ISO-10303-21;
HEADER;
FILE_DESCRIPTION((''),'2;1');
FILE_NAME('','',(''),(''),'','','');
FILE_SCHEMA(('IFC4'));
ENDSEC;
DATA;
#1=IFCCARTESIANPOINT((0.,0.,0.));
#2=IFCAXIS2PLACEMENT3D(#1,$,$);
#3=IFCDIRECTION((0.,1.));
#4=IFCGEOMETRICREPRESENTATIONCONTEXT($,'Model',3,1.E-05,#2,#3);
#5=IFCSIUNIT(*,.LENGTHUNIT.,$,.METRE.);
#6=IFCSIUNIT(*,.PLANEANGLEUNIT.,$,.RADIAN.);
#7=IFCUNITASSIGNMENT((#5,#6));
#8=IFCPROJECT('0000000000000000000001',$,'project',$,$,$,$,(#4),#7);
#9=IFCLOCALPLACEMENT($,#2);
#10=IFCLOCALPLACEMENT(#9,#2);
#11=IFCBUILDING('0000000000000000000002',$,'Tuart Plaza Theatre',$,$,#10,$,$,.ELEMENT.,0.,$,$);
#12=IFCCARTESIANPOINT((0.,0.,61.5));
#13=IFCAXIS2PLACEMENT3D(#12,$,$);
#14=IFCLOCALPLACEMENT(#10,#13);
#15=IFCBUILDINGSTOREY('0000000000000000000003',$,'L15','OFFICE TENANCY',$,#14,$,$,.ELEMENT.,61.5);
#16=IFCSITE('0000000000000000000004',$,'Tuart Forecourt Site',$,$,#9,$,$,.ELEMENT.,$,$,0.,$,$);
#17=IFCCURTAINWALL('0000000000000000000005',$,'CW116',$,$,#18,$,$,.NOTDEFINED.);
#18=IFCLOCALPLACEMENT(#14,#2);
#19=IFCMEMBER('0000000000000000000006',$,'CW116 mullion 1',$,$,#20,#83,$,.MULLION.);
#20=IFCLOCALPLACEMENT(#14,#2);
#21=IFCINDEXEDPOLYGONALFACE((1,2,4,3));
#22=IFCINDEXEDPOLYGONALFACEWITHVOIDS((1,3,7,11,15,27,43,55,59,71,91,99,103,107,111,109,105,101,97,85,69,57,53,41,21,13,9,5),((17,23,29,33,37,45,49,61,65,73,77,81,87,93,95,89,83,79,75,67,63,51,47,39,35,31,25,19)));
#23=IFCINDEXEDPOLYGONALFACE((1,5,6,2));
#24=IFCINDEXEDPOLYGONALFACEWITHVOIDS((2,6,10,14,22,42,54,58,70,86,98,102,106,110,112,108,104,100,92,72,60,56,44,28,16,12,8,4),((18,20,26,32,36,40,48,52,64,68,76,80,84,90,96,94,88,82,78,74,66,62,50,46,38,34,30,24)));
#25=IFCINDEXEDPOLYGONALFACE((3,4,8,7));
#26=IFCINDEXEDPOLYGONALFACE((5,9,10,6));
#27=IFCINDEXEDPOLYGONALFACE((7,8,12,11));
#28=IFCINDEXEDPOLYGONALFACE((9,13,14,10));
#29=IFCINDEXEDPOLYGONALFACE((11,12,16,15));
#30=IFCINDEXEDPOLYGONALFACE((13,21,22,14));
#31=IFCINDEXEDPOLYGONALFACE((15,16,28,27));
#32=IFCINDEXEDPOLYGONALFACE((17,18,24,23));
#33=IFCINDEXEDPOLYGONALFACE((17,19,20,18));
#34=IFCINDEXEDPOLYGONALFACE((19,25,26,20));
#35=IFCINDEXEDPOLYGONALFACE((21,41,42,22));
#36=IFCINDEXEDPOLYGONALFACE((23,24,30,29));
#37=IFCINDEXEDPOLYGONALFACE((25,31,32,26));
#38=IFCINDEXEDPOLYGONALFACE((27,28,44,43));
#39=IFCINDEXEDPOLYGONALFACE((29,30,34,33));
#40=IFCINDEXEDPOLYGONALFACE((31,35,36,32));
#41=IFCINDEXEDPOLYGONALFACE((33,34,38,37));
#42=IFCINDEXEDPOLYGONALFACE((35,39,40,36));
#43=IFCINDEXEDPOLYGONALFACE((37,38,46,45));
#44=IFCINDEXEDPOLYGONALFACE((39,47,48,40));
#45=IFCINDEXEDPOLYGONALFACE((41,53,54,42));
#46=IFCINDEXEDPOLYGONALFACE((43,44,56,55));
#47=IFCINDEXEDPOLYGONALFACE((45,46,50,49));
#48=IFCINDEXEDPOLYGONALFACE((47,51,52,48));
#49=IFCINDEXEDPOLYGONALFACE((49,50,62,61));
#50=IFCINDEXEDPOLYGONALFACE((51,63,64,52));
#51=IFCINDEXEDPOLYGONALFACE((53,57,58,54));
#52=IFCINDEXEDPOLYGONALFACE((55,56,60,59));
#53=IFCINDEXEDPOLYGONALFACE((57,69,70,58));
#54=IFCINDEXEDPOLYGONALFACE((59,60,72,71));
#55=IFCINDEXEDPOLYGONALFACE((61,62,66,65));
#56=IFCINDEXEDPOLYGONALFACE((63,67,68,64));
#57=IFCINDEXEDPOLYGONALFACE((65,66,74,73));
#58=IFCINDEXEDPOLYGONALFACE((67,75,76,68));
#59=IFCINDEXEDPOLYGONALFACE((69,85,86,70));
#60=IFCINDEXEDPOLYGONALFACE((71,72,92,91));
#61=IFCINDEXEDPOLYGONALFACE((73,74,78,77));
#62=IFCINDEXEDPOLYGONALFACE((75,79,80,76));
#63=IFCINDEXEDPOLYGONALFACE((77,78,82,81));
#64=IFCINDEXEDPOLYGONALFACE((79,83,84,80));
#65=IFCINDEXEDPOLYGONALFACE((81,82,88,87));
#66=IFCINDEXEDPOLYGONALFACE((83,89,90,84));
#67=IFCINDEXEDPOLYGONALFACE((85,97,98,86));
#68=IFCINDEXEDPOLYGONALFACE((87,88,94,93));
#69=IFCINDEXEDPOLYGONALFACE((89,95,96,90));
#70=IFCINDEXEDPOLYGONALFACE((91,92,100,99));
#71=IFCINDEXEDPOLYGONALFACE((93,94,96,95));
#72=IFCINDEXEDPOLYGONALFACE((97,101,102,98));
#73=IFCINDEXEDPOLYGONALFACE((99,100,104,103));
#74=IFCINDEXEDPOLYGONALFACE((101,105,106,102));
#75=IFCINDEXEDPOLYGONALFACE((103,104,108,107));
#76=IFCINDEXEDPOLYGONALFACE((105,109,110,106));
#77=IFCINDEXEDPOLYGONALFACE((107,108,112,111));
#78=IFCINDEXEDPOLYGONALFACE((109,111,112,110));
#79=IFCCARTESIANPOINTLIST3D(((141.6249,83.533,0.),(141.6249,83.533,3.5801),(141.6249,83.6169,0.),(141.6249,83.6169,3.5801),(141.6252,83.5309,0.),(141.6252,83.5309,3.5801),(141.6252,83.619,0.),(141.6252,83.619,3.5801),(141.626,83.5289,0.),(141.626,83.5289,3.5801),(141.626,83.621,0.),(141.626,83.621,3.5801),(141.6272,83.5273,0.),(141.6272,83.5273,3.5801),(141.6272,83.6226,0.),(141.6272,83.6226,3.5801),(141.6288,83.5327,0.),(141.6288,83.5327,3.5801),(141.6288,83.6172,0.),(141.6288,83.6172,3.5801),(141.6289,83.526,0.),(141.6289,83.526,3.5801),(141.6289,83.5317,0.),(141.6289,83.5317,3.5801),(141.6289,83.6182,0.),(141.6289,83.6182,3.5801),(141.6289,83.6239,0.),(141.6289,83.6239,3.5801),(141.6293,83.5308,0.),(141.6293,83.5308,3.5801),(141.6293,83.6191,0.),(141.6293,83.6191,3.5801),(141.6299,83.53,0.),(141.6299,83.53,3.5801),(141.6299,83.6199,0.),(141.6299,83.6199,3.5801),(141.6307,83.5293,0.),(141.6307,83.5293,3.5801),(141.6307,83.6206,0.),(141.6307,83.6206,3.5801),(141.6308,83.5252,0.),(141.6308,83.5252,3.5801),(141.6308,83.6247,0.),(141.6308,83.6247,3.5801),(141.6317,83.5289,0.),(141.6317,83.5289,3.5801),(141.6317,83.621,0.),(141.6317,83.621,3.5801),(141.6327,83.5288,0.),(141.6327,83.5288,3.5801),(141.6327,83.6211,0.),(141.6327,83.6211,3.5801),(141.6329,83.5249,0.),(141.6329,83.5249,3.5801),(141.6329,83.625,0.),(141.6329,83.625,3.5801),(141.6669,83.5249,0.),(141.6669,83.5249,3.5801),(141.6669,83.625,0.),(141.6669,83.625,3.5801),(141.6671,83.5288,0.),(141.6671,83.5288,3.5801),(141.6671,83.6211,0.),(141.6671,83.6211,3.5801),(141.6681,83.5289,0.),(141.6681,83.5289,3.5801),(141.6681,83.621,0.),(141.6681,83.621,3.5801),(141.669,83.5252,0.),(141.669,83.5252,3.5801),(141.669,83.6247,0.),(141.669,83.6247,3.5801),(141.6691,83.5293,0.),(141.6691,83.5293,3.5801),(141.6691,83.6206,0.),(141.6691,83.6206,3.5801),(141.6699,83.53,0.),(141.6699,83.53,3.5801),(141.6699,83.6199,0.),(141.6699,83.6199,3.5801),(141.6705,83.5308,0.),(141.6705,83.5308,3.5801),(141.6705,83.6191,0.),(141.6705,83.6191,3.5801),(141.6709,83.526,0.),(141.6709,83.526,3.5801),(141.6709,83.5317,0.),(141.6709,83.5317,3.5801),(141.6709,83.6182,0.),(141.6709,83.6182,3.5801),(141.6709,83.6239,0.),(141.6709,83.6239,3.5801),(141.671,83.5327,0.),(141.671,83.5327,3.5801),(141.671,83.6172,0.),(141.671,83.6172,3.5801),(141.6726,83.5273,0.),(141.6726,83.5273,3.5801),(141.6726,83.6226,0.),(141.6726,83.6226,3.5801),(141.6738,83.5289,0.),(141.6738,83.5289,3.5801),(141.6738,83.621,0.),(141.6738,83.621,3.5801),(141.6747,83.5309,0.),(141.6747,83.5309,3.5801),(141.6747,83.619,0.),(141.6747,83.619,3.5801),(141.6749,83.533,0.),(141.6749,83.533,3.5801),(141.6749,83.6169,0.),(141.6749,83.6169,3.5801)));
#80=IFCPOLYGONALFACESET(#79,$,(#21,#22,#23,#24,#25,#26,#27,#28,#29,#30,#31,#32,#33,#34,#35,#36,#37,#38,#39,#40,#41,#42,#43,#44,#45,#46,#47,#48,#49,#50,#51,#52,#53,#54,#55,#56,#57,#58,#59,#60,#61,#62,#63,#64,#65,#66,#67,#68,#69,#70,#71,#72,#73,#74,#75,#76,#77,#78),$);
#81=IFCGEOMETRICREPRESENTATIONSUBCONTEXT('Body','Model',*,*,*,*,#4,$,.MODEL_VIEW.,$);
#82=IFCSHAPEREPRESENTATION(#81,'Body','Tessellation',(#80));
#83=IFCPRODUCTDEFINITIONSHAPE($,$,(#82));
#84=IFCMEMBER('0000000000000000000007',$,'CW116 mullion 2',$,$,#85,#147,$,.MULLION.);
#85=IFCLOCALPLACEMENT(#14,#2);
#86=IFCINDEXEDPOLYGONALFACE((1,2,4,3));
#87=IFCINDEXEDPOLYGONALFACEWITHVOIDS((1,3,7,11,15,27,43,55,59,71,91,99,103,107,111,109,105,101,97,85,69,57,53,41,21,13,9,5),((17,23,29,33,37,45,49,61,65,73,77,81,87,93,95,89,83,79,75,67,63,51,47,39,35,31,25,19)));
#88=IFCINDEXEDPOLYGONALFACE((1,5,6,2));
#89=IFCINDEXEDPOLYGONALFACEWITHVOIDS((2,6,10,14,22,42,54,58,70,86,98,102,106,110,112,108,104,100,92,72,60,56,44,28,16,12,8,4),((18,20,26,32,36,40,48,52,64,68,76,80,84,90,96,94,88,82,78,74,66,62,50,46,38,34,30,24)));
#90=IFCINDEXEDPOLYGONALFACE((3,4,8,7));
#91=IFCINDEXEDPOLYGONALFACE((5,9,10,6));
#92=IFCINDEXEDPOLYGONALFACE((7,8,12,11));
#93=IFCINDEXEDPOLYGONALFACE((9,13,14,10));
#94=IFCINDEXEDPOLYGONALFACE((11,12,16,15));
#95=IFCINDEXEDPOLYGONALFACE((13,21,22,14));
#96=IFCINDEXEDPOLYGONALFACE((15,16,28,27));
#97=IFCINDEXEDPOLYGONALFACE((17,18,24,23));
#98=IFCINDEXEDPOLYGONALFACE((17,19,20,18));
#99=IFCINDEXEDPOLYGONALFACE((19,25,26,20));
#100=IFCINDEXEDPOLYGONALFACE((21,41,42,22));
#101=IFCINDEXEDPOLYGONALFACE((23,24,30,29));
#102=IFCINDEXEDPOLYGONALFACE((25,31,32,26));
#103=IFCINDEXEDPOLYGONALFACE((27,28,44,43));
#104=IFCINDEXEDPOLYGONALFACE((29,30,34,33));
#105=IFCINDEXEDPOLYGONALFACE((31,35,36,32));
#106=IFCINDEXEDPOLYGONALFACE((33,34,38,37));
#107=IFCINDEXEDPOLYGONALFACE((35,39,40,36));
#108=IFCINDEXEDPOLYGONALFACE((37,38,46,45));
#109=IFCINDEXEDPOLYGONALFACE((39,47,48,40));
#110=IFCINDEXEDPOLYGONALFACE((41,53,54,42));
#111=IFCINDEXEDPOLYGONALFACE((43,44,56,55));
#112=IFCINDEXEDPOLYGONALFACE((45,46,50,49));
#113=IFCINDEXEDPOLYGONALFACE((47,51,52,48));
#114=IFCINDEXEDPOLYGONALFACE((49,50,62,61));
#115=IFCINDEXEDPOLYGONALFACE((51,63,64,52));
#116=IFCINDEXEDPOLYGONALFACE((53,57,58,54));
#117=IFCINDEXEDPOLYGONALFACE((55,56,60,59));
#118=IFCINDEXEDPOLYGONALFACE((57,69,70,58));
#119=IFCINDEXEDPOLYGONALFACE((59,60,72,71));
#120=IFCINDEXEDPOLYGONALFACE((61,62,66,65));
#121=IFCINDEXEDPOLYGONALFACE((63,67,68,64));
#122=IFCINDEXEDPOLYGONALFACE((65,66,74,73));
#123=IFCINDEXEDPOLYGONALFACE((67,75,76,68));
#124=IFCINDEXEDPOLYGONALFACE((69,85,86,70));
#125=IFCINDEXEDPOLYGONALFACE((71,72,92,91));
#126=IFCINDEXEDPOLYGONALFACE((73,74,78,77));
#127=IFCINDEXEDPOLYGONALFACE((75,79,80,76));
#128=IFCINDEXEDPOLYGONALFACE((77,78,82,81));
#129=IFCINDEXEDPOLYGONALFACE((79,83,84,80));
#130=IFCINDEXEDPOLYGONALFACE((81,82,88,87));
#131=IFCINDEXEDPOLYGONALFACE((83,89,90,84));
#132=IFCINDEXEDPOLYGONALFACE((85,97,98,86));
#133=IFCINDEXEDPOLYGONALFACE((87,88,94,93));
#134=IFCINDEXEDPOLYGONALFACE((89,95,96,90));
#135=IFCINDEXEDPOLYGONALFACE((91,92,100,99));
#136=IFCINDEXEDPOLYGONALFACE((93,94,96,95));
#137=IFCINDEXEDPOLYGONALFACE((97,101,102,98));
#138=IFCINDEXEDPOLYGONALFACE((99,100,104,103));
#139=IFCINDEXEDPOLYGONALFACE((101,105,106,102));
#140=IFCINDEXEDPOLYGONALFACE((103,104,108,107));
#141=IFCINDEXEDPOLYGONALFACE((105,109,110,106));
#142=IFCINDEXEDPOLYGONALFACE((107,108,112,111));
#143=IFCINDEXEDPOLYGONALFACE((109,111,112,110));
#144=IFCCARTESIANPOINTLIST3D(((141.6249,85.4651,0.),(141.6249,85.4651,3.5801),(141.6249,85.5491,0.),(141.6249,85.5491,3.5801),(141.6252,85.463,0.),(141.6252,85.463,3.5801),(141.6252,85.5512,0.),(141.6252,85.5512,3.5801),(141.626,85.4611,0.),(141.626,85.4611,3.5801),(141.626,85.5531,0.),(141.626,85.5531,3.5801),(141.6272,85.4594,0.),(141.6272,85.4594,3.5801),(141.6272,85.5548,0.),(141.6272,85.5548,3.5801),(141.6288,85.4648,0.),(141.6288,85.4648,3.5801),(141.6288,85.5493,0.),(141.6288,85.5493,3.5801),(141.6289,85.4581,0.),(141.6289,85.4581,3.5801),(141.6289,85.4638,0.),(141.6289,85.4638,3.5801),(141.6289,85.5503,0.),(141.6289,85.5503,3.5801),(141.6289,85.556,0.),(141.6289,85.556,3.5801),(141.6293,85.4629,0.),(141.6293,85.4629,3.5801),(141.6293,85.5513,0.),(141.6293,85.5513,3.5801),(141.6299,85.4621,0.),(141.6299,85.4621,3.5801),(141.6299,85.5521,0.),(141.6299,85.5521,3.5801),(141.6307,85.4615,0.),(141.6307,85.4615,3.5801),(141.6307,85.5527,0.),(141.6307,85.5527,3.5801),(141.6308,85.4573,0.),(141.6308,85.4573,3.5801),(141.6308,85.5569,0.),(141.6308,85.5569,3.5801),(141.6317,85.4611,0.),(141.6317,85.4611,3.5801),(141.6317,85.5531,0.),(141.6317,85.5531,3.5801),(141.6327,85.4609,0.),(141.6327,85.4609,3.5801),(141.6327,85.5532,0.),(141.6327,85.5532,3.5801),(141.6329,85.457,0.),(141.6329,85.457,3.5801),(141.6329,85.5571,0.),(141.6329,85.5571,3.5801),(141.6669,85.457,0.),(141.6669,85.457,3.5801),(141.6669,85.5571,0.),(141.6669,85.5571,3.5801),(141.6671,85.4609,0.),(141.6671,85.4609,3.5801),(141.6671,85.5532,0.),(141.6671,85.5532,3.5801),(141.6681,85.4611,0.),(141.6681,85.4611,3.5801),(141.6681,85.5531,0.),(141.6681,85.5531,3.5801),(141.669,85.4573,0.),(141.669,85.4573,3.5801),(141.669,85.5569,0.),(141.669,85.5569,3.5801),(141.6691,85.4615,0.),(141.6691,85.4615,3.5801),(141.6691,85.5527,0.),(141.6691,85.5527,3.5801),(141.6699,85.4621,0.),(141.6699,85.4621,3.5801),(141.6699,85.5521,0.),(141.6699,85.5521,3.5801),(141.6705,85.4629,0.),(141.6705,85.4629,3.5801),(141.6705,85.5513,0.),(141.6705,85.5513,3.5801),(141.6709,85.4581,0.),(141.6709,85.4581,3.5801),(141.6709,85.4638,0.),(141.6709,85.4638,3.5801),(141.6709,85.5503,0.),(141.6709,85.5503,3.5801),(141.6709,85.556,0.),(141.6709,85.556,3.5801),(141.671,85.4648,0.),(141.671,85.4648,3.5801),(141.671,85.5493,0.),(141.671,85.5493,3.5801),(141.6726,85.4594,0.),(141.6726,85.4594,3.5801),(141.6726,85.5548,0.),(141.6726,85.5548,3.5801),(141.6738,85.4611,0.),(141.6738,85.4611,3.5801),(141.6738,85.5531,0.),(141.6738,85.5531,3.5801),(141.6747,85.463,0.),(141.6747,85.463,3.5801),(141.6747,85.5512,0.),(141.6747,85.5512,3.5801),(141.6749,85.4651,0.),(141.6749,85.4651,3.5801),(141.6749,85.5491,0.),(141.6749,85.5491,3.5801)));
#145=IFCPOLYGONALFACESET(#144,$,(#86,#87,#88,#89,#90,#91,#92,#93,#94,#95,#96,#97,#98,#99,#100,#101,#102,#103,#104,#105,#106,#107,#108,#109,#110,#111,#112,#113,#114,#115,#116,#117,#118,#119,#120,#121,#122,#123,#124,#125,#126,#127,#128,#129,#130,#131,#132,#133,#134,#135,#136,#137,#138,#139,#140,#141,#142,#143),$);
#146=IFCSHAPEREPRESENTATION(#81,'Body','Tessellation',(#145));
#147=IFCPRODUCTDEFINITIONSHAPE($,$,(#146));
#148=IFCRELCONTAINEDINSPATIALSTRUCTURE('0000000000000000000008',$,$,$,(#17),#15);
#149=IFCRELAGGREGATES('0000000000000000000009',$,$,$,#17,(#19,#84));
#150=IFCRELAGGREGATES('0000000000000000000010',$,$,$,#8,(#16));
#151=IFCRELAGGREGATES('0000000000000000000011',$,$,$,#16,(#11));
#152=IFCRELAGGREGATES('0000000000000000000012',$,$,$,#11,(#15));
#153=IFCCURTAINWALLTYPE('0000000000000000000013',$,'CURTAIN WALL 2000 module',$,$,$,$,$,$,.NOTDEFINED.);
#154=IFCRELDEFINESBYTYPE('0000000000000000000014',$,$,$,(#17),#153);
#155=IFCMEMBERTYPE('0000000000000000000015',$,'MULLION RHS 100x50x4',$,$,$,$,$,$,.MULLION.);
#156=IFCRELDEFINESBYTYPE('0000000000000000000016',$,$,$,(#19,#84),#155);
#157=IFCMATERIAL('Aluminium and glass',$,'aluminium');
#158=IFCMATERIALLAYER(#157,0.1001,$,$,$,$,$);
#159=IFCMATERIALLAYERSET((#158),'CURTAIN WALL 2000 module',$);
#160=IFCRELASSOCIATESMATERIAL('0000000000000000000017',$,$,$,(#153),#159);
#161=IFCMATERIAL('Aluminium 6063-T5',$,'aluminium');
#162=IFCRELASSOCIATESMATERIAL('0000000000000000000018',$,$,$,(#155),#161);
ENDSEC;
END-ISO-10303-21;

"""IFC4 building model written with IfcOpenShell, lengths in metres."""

from ifc_helpers import new_model, si_unit, direction, frame, origin, origin_2d, place, context, subcontext, project, spatial, hollow_rectangle, extrude, material, layer, layer_set, material_profile, profile_set, type_object, element, aggregate, save


model = new_model("IFC4")

# Units and contexts
model_context = context("Model", 3, precision=1e-05, world=origin(), true_north=direction((0.0, 1.0)))
body_context = subcontext(model_context, "Body", "Model", "MODEL_VIEW")
ifc_project = project(units=[si_unit("LENGTHUNIT", "METRE"), si_unit("PLANEANGLEUNIT", "RADIAN")], contexts=[model_context])

# Site, building, storey
site_placement = place(None, origin())
site = spatial("IfcSite", under=ifc_project, at=site_placement, Name="Tuart Forecourt Site", CompositionType="ELEMENT", RefElevation=0.0)
building_placement = place(site_placement, origin())
building = spatial("IfcBuilding", under=site, at=building_placement, Name="Tuart Plaza Theatre", CompositionType="ELEMENT", ElevationOfRefHeight=0.0)
storey_placement = place(building_placement, frame((0.0, 0.0, 61.5)))
storey = spatial("IfcBuildingStorey", under=building, at=storey_placement, Name="L15", Description="OFFICE TENANCY", CompositionType="ELEMENT", Elevation=61.5)

# Curtain wall, members
ifc_material_1 = material(Name="Aluminium and glass", Category="aluminium")
ifc_layer_1 = layer(ifc_material_1, 0.1001)
ifc_layer_set_1 = layer_set([ifc_layer_1], Name="CURTAIN WALL 2000 module")
curtain_wall_type = type_object("IfcCurtainWallType", Name="CURTAIN WALL 2000 module", PredefinedType="NOTDEFINED", material=ifc_layer_set_1)
ifc_material_2 = material(Name="Aluminium 6063-T5", Category="aluminium")
ifc_material_profile_1 = material_profile(ifc_material_2, hollow_rectangle(XDim=0.05, YDim=0.1001, WallThickness=0.0039, InnerFilletRadius=0.0039, OuterFilletRadius=0.0081, at=origin_2d()), Name="RHS 100x50x4")
ifc_profile_set_1 = profile_set([ifc_material_profile_1], Name="Aluminium 6063-T5")
member_type_1 = type_object("IfcMemberType", Name="MULLION RHS 100x50x4", PredefinedType="MULLION", material=ifc_profile_set_1)
curtain_wall_1_placement = place(storey_placement, origin())
curtain_wall_1 = element("IfcCurtainWall", 1, at=curtain_wall_1_placement, inside=storey, type_object=curtain_wall_type, Name="CW116", PredefinedType="NOTDEFINED")
member_1_placement = place(storey_placement, frame((141.6499, 83.575, 0.0), z_axis=(0.0, 0.0, 1.0), x_axis=(-1.0, 0.0, 0.0)))
member_1 = element("IfcMember", 2, at=member_1_placement, type_object=member_type_1, Name="CW116 mullion 1", PredefinedType="MULLION", context=body_context, shape_type="SweptSolid", body=[
    extrude(hollow_rectangle(XDim=0.05, YDim=0.1001, WallThickness=0.0039, InnerFilletRadius=0.0039, OuterFilletRadius=0.0081, at=origin_2d()), origin(), (0.0, 0.0, 1.0), 3.5801),
])
member_2_placement = place(storey_placement, frame((141.6499, 85.5071, 0.0), z_axis=(0.0, 0.0, 1.0), x_axis=(-1.0, 0.0, 0.0)))
member_2 = element("IfcMember", 3, at=member_2_placement, type_object=member_type_1, Name="CW116 mullion 2", PredefinedType="MULLION", context=body_context, shape_type="SweptSolid", body=[
    extrude(hollow_rectangle(XDim=0.05, YDim=0.1001, WallThickness=0.0039, InnerFilletRadius=0.0039, OuterFilletRadius=0.0081, at=origin_2d()), origin(), (0.0, 0.0, 1.0), 3.5801),
])

aggregate(curtain_wall_1, [member_1, member_2])

save(model, "model.ifc")
